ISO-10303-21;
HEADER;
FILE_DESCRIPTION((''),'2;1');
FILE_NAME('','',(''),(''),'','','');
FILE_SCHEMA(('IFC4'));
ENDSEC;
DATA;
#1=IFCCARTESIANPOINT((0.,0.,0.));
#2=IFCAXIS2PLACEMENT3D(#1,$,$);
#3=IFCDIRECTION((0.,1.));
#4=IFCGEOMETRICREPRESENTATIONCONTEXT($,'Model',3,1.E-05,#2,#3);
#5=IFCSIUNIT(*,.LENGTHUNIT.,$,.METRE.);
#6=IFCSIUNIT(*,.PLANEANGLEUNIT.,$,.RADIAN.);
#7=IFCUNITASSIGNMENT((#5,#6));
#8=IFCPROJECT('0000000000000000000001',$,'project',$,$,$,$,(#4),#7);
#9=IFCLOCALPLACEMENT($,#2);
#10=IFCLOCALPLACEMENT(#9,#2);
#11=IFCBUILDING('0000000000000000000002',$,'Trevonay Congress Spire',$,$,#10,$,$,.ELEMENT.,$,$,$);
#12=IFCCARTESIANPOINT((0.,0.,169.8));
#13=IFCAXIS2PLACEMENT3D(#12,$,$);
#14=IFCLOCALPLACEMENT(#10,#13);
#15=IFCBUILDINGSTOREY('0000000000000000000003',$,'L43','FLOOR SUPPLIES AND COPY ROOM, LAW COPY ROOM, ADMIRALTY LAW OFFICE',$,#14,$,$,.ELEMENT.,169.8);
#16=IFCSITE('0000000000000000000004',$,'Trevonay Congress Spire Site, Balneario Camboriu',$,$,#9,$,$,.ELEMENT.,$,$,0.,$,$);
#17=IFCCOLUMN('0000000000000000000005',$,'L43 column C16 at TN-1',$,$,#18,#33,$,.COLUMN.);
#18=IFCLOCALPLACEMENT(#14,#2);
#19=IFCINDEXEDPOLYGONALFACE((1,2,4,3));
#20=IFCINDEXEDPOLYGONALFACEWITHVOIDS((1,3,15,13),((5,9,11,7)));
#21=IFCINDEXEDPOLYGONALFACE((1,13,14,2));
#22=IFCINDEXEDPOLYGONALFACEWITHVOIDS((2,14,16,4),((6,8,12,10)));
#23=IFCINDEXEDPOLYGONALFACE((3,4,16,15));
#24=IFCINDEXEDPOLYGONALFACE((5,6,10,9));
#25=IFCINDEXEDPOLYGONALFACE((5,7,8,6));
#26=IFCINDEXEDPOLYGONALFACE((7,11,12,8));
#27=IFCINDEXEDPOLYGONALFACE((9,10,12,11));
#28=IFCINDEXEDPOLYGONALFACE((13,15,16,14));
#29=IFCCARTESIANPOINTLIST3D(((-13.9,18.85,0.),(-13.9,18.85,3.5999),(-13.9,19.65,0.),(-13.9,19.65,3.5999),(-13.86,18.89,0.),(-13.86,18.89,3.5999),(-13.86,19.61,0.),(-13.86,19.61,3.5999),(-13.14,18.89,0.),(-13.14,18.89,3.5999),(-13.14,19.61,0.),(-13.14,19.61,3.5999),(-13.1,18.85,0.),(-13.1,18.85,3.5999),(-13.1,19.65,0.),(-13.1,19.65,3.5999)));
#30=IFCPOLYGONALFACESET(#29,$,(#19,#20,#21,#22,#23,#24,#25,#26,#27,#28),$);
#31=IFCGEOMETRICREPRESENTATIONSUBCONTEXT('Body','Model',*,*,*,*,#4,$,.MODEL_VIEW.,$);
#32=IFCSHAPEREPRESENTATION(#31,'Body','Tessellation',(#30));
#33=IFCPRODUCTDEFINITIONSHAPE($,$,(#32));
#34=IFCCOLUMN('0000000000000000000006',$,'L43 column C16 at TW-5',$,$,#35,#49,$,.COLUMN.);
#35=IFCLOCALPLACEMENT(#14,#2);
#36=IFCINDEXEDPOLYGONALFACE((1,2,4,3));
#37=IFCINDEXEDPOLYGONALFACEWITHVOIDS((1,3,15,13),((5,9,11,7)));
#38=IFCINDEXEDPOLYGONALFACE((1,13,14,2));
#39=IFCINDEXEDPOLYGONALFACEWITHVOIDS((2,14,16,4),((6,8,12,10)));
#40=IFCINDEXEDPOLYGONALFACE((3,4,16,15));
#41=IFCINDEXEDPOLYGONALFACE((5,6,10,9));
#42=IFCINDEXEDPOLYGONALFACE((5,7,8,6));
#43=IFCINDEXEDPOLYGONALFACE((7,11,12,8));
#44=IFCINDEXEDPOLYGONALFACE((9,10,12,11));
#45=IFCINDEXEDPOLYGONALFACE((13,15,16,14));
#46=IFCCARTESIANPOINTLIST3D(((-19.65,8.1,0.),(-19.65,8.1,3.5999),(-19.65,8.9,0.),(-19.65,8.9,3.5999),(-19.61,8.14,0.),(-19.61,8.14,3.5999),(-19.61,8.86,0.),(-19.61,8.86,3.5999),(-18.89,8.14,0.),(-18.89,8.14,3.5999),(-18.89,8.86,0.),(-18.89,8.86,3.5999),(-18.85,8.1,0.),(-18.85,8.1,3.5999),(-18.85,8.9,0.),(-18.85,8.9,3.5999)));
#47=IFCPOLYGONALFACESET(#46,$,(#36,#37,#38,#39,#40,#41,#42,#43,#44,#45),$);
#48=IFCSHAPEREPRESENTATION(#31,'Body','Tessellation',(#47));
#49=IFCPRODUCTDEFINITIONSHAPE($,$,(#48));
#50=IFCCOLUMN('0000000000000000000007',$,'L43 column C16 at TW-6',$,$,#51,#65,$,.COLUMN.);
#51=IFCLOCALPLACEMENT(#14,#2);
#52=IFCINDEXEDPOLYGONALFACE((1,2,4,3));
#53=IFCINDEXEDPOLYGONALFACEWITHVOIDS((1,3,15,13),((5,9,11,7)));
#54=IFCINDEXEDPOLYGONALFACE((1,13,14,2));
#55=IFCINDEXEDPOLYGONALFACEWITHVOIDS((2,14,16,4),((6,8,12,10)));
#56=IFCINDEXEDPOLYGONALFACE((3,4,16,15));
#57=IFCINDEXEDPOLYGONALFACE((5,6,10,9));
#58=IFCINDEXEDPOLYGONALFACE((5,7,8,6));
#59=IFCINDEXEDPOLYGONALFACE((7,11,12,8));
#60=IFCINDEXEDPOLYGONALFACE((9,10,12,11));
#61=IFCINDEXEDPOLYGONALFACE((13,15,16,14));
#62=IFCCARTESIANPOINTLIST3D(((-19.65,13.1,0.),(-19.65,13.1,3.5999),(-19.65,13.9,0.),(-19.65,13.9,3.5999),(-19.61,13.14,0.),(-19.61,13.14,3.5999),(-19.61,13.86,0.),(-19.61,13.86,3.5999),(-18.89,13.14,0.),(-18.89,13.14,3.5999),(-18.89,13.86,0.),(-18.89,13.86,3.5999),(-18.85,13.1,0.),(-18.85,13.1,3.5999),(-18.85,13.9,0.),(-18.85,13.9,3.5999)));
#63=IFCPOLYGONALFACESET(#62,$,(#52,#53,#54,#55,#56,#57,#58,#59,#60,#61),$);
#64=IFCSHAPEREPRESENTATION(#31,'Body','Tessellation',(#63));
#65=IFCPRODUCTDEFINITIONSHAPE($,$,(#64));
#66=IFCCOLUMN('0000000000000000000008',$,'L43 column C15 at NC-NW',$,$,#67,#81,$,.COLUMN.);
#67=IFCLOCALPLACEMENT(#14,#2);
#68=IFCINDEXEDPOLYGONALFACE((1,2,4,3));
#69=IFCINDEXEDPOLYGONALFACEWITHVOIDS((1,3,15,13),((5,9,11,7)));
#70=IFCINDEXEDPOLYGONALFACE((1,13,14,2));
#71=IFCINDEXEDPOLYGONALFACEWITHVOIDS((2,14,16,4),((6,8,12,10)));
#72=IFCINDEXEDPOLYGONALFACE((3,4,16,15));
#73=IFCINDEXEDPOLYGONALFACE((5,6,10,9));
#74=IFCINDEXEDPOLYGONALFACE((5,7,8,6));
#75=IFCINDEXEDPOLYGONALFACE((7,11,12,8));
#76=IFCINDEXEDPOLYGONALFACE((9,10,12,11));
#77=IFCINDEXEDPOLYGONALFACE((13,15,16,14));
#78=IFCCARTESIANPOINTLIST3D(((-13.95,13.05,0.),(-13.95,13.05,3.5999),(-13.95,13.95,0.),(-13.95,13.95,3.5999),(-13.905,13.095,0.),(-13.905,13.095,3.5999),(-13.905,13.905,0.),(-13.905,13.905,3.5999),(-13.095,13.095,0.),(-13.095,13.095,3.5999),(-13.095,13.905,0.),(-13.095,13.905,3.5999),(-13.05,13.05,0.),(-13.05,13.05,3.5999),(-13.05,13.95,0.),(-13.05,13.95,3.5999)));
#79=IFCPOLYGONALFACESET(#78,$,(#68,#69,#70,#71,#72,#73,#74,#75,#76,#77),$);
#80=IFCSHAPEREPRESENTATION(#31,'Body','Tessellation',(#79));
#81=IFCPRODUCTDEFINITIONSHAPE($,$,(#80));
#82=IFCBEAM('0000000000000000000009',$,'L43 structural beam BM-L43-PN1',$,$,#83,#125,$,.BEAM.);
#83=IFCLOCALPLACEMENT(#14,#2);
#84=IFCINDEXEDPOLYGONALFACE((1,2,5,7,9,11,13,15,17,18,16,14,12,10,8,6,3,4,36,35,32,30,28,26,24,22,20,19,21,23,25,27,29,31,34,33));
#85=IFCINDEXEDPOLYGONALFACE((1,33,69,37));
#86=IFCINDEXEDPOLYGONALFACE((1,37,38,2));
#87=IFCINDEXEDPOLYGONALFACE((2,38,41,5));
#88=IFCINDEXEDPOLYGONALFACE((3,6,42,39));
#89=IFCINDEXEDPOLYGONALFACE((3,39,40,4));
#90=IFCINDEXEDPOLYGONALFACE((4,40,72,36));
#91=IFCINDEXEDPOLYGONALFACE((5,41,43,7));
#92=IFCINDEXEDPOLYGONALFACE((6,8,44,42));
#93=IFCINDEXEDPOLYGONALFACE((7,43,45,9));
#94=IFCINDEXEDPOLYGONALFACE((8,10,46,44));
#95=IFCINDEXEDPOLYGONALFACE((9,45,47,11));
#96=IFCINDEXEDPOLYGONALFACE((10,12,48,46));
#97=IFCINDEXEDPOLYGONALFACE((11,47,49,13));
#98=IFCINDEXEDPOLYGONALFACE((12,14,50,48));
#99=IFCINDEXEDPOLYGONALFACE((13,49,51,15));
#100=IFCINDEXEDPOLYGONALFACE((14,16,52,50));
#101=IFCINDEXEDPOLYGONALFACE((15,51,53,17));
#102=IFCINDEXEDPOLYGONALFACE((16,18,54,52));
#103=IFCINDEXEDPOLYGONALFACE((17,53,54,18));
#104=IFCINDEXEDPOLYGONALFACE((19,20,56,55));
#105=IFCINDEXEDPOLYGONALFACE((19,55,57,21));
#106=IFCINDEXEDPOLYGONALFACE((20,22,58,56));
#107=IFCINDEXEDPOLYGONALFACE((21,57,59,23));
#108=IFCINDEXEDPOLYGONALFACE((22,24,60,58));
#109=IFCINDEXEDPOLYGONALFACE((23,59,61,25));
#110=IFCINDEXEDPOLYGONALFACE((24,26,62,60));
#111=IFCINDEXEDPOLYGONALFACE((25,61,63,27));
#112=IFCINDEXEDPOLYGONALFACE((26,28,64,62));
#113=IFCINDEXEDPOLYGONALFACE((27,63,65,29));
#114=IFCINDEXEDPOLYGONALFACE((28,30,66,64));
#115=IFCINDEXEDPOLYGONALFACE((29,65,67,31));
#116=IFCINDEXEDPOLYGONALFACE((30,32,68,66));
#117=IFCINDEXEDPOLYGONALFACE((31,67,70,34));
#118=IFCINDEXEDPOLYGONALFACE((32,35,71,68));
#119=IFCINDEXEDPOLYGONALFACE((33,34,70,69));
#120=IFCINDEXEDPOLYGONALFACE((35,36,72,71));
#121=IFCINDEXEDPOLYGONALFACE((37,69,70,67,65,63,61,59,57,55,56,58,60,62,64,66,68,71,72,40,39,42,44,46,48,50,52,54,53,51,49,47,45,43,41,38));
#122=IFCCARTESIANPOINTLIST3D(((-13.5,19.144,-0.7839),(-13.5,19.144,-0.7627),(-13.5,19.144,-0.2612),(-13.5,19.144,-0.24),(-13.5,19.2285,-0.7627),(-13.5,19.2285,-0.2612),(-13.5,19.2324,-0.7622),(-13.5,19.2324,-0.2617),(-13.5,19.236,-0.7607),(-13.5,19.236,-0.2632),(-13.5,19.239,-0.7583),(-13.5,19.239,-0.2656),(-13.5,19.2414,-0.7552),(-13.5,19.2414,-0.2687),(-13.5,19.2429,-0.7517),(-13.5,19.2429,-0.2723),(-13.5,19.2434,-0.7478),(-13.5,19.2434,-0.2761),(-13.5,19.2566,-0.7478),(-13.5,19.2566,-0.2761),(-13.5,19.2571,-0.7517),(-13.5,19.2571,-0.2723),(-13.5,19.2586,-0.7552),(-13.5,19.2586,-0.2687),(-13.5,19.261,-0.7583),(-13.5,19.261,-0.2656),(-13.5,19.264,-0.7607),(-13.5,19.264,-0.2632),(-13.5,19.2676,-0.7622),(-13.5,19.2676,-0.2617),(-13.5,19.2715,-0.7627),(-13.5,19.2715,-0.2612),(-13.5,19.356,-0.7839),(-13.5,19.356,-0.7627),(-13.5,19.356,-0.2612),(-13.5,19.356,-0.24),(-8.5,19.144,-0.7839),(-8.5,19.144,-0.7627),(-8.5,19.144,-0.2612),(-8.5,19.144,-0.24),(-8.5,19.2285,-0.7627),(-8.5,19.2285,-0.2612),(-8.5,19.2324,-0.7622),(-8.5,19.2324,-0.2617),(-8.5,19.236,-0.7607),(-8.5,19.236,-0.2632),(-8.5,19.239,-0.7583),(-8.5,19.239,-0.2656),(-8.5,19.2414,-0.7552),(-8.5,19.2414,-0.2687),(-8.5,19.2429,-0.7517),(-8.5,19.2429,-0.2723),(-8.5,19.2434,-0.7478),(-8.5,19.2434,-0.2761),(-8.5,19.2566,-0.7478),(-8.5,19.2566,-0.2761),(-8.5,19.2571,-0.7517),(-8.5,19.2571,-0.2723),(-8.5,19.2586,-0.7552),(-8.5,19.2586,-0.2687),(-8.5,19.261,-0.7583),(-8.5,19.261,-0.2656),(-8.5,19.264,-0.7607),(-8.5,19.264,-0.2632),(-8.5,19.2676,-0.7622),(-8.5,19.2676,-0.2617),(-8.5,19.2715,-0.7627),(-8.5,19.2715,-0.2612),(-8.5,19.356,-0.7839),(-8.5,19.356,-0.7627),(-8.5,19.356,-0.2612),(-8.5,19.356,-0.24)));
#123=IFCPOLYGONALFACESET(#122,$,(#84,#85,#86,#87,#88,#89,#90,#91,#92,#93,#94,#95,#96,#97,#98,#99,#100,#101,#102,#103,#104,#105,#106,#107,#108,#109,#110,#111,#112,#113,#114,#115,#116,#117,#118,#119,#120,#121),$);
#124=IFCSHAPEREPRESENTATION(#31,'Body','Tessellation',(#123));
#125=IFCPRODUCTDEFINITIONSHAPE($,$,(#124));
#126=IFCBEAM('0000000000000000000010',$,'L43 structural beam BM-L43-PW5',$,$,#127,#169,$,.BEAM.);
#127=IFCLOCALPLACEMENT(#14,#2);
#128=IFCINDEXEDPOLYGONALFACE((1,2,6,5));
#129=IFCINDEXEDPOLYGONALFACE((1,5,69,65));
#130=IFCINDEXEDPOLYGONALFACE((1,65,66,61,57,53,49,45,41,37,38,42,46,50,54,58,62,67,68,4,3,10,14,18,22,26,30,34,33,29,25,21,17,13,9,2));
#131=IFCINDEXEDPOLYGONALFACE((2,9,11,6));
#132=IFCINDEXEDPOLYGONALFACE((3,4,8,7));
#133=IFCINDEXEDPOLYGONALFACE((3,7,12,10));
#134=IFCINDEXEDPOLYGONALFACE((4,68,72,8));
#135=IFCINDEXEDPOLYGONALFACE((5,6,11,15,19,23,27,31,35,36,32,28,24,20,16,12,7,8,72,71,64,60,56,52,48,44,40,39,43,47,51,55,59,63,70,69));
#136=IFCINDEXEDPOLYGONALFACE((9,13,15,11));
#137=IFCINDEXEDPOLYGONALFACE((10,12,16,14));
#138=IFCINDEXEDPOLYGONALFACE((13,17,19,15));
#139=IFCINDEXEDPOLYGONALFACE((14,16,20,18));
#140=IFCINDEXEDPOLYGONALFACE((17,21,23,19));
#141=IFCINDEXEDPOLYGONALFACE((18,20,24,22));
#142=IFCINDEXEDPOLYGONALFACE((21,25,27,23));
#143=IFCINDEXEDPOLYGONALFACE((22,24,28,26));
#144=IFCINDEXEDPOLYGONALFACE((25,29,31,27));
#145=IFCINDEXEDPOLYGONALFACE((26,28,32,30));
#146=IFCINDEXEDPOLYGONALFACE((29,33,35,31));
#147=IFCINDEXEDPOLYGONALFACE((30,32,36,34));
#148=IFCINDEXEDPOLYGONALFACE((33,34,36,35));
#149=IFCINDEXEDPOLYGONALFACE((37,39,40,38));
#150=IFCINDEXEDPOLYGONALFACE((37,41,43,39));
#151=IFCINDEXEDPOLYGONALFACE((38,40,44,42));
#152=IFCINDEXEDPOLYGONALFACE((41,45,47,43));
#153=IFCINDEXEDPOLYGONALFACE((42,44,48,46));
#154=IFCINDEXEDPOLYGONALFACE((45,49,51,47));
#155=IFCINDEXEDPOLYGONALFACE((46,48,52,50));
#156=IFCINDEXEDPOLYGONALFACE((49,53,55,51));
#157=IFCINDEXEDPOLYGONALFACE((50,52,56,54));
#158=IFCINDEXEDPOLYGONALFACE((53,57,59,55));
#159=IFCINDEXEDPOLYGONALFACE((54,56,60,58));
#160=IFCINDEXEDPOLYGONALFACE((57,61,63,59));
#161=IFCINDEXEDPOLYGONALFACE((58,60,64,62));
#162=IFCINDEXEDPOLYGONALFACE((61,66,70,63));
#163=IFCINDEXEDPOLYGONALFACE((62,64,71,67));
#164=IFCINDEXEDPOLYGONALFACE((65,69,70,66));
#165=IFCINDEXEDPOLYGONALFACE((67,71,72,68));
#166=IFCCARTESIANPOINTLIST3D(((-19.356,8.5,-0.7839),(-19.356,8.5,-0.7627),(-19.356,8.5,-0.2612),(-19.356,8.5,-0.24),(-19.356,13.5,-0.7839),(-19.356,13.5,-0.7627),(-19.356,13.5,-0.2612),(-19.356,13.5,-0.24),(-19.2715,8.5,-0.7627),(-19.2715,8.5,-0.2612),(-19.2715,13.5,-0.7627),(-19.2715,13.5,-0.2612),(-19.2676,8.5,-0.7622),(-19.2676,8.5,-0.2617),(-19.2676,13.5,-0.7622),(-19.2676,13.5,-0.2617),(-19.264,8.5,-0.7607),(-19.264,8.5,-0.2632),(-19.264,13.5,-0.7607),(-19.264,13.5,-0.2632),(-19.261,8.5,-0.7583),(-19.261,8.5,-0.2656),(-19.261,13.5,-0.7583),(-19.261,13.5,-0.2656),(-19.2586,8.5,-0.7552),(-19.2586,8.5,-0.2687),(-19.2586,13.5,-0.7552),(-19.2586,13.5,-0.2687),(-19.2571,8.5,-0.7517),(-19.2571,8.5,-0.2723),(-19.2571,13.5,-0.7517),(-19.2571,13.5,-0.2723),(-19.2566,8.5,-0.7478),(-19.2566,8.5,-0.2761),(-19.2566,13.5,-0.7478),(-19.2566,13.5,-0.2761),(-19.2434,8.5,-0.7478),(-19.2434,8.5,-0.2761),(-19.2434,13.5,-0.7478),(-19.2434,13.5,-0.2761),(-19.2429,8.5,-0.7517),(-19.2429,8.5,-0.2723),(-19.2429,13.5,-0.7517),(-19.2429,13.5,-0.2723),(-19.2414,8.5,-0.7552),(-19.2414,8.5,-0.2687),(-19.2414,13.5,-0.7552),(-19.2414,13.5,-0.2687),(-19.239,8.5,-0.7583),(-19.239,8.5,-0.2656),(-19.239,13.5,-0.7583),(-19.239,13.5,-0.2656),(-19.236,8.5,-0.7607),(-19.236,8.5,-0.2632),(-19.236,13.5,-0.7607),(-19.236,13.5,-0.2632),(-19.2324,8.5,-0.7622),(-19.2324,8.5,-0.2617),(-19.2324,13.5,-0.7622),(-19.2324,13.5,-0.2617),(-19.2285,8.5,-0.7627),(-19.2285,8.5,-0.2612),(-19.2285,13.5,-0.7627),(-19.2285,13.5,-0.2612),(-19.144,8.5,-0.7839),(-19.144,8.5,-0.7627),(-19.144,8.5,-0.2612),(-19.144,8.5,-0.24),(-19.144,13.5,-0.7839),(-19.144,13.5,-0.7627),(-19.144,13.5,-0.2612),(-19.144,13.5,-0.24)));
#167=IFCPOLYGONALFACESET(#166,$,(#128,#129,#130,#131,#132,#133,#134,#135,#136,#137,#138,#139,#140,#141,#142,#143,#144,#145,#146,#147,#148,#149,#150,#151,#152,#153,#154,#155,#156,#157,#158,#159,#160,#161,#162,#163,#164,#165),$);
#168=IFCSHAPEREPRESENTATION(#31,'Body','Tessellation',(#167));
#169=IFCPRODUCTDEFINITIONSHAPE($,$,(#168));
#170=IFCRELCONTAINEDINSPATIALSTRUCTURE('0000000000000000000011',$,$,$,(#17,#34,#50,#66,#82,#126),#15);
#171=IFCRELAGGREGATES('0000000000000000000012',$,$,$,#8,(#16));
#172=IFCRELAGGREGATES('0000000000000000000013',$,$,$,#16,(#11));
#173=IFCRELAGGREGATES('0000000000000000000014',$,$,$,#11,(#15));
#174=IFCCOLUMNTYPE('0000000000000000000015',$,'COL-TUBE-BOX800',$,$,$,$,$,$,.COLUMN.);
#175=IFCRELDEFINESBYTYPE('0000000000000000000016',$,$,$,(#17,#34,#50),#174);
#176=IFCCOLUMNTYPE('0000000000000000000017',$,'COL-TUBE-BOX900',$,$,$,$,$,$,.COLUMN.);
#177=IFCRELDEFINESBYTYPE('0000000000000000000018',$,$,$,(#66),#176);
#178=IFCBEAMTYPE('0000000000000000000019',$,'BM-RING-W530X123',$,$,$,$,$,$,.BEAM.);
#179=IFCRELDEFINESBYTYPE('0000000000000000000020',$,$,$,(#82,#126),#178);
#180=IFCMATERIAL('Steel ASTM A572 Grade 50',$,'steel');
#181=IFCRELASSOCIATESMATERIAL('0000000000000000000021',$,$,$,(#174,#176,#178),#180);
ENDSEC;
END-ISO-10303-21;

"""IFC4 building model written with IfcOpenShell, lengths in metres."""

from ifc_helpers import new_model, si_unit, direction, frame, origin, origin_2d, place, context, subcontext, project, spatial, hollow_rectangle, i_section, extrude, material, material_profile, profile_set, type_object, element, save


model = new_model("IFC4")

# Units and contexts
model_context = context("Model", 3, precision=1e-05, world=origin(), true_north=direction((0.0, 1.0)))
body_context = subcontext(model_context, "Body", "Model", "MODEL_VIEW")
ifc_project = project(units=[si_unit("LENGTHUNIT", "METRE"), si_unit("PLANEANGLEUNIT", "RADIAN")], contexts=[model_context])

# Site, building, storey
site_placement = place(None, origin())
site = spatial("IfcSite", under=ifc_project, at=site_placement, Name="Trevonay Congress Spire Site, Balneario Camboriu", CompositionType="ELEMENT", RefElevation=0.0)
building_placement = place(site_placement, origin())
building = spatial("IfcBuilding", under=site, at=building_placement, Name="Trevonay Congress Spire", CompositionType="ELEMENT")
storey_placement = place(building_placement, frame((0.0, 0.0, 169.8)))
storey = spatial("IfcBuildingStorey", under=building, at=storey_placement, Name="L43", Description="FLOOR SUPPLIES AND COPY ROOM, LAW COPY ROOM, ADMIRALTY LAW OFFICE", CompositionType="ELEMENT", Elevation=169.8)

# Columns
ifc_material_1 = material(Name="Steel ASTM A572 Grade 50", Category="steel")
ifc_material_profile_1 = material_profile(ifc_material_1, hollow_rectangle(XDim=0.8, YDim=0.8, WallThickness=0.04, at=origin_2d()), Name="BOX 800x800x40")
ifc_profile_set_1 = profile_set([ifc_material_profile_1], Name="Steel ASTM A572 Grade 50")
column_type_1 = type_object("IfcColumnType", Name="COL-TUBE-BOX800", PredefinedType="COLUMN", material=ifc_profile_set_1)
for number, where, z_axis, x_axis, name in (
    (1, (-13.5, 19.25, 0.0), (0.0, 0.0, 1.0), (1.0, 0.0, 0.0), "L43 column C16 at TN-1"),
    (2, (-19.25, 8.5, 0.0), (0.0, 0.0, 1.0), (1.0, 0.0, 0.0), "L43 column C16 at TW-5"),
    (3, (-19.25, 13.5, 0.0), (0.0, 0.0, 1.0), (1.0, 0.0, 0.0), "L43 column C16 at TW-6"),
):
    element("IfcColumn", number, at=place(storey_placement, frame(where, z_axis=z_axis, x_axis=x_axis)), inside=storey, type_object=column_type_1, Name=name, PredefinedType="COLUMN", context=body_context, shape_type="SweptSolid", body=[
        extrude(hollow_rectangle(XDim=0.8, YDim=0.8, WallThickness=0.04, at=origin_2d()), origin(), (0.0, 0.0, 1.0), 3.5999),
    ])
ifc_material_profile_2 = material_profile(ifc_material_1, hollow_rectangle(XDim=0.8999, YDim=0.8999, WallThickness=0.0449, at=origin_2d()), Name="BOX 900x900x45")
ifc_profile_set_2 = profile_set([ifc_material_profile_2], Name="Steel ASTM A572 Grade 50")
column_type_2 = type_object("IfcColumnType", Name="COL-TUBE-BOX900", PredefinedType="COLUMN", material=ifc_profile_set_2)
column_placement = place(storey_placement, frame((-13.5, 13.5, 0.0), z_axis=(0.0, 0.0, 1.0), x_axis=(1.0, 0.0, 0.0)))
element("IfcColumn", 4, at=column_placement, inside=storey, type_object=column_type_2, Name="L43 column C15 at NC-NW", PredefinedType="COLUMN", context=body_context, shape_type="SweptSolid", body=[
    extrude(hollow_rectangle(XDim=0.8999, YDim=0.8999, WallThickness=0.0449, at=origin_2d()), origin(), (0.0, 0.0, 1.0), 3.5999),
])

# Beams
ifc_material_profile_3 = material_profile(ifc_material_1, i_section(OverallWidth=0.2119, OverallDepth=0.5439, WebThickness=0.0132, FlangeThickness=0.0212, FilletRadius=0.0149, at=origin_2d()), Name="W530x123")
ifc_profile_set_3 = profile_set([ifc_material_profile_3], Name="Steel ASTM A572 Grade 50")
beam_type_1 = type_object("IfcBeamType", Name="BM-RING-W530X123", PredefinedType="BEAM", material=ifc_profile_set_3)
for number, where, z_axis, x_axis, name in (
    (5, (-13.5, 19.25, -0.512), (1.0, 0.0, 0.0), (0.0, 1.0, 0.0), "L43 structural beam BM-L43-PN1"),
    (6, (-19.25, 8.5, -0.512), (0.0, 1.0, 0.0), (-1.0, 0.0, 0.0), "L43 structural beam BM-L43-PW5"),
):
    element("IfcBeam", number, at=place(storey_placement, frame(where, z_axis=z_axis, x_axis=x_axis)), inside=storey, type_object=beam_type_1, Name=name, PredefinedType="BEAM", context=body_context, shape_type="SweptSolid", body=[
        extrude(i_section(OverallWidth=0.2119, OverallDepth=0.5439, WebThickness=0.0132, FlangeThickness=0.0212, FilletRadius=0.0149, at=origin_2d()), origin(), (0.0, 0.0, 1.0), 5.0),
    ])

save(model, "model.ifc")
